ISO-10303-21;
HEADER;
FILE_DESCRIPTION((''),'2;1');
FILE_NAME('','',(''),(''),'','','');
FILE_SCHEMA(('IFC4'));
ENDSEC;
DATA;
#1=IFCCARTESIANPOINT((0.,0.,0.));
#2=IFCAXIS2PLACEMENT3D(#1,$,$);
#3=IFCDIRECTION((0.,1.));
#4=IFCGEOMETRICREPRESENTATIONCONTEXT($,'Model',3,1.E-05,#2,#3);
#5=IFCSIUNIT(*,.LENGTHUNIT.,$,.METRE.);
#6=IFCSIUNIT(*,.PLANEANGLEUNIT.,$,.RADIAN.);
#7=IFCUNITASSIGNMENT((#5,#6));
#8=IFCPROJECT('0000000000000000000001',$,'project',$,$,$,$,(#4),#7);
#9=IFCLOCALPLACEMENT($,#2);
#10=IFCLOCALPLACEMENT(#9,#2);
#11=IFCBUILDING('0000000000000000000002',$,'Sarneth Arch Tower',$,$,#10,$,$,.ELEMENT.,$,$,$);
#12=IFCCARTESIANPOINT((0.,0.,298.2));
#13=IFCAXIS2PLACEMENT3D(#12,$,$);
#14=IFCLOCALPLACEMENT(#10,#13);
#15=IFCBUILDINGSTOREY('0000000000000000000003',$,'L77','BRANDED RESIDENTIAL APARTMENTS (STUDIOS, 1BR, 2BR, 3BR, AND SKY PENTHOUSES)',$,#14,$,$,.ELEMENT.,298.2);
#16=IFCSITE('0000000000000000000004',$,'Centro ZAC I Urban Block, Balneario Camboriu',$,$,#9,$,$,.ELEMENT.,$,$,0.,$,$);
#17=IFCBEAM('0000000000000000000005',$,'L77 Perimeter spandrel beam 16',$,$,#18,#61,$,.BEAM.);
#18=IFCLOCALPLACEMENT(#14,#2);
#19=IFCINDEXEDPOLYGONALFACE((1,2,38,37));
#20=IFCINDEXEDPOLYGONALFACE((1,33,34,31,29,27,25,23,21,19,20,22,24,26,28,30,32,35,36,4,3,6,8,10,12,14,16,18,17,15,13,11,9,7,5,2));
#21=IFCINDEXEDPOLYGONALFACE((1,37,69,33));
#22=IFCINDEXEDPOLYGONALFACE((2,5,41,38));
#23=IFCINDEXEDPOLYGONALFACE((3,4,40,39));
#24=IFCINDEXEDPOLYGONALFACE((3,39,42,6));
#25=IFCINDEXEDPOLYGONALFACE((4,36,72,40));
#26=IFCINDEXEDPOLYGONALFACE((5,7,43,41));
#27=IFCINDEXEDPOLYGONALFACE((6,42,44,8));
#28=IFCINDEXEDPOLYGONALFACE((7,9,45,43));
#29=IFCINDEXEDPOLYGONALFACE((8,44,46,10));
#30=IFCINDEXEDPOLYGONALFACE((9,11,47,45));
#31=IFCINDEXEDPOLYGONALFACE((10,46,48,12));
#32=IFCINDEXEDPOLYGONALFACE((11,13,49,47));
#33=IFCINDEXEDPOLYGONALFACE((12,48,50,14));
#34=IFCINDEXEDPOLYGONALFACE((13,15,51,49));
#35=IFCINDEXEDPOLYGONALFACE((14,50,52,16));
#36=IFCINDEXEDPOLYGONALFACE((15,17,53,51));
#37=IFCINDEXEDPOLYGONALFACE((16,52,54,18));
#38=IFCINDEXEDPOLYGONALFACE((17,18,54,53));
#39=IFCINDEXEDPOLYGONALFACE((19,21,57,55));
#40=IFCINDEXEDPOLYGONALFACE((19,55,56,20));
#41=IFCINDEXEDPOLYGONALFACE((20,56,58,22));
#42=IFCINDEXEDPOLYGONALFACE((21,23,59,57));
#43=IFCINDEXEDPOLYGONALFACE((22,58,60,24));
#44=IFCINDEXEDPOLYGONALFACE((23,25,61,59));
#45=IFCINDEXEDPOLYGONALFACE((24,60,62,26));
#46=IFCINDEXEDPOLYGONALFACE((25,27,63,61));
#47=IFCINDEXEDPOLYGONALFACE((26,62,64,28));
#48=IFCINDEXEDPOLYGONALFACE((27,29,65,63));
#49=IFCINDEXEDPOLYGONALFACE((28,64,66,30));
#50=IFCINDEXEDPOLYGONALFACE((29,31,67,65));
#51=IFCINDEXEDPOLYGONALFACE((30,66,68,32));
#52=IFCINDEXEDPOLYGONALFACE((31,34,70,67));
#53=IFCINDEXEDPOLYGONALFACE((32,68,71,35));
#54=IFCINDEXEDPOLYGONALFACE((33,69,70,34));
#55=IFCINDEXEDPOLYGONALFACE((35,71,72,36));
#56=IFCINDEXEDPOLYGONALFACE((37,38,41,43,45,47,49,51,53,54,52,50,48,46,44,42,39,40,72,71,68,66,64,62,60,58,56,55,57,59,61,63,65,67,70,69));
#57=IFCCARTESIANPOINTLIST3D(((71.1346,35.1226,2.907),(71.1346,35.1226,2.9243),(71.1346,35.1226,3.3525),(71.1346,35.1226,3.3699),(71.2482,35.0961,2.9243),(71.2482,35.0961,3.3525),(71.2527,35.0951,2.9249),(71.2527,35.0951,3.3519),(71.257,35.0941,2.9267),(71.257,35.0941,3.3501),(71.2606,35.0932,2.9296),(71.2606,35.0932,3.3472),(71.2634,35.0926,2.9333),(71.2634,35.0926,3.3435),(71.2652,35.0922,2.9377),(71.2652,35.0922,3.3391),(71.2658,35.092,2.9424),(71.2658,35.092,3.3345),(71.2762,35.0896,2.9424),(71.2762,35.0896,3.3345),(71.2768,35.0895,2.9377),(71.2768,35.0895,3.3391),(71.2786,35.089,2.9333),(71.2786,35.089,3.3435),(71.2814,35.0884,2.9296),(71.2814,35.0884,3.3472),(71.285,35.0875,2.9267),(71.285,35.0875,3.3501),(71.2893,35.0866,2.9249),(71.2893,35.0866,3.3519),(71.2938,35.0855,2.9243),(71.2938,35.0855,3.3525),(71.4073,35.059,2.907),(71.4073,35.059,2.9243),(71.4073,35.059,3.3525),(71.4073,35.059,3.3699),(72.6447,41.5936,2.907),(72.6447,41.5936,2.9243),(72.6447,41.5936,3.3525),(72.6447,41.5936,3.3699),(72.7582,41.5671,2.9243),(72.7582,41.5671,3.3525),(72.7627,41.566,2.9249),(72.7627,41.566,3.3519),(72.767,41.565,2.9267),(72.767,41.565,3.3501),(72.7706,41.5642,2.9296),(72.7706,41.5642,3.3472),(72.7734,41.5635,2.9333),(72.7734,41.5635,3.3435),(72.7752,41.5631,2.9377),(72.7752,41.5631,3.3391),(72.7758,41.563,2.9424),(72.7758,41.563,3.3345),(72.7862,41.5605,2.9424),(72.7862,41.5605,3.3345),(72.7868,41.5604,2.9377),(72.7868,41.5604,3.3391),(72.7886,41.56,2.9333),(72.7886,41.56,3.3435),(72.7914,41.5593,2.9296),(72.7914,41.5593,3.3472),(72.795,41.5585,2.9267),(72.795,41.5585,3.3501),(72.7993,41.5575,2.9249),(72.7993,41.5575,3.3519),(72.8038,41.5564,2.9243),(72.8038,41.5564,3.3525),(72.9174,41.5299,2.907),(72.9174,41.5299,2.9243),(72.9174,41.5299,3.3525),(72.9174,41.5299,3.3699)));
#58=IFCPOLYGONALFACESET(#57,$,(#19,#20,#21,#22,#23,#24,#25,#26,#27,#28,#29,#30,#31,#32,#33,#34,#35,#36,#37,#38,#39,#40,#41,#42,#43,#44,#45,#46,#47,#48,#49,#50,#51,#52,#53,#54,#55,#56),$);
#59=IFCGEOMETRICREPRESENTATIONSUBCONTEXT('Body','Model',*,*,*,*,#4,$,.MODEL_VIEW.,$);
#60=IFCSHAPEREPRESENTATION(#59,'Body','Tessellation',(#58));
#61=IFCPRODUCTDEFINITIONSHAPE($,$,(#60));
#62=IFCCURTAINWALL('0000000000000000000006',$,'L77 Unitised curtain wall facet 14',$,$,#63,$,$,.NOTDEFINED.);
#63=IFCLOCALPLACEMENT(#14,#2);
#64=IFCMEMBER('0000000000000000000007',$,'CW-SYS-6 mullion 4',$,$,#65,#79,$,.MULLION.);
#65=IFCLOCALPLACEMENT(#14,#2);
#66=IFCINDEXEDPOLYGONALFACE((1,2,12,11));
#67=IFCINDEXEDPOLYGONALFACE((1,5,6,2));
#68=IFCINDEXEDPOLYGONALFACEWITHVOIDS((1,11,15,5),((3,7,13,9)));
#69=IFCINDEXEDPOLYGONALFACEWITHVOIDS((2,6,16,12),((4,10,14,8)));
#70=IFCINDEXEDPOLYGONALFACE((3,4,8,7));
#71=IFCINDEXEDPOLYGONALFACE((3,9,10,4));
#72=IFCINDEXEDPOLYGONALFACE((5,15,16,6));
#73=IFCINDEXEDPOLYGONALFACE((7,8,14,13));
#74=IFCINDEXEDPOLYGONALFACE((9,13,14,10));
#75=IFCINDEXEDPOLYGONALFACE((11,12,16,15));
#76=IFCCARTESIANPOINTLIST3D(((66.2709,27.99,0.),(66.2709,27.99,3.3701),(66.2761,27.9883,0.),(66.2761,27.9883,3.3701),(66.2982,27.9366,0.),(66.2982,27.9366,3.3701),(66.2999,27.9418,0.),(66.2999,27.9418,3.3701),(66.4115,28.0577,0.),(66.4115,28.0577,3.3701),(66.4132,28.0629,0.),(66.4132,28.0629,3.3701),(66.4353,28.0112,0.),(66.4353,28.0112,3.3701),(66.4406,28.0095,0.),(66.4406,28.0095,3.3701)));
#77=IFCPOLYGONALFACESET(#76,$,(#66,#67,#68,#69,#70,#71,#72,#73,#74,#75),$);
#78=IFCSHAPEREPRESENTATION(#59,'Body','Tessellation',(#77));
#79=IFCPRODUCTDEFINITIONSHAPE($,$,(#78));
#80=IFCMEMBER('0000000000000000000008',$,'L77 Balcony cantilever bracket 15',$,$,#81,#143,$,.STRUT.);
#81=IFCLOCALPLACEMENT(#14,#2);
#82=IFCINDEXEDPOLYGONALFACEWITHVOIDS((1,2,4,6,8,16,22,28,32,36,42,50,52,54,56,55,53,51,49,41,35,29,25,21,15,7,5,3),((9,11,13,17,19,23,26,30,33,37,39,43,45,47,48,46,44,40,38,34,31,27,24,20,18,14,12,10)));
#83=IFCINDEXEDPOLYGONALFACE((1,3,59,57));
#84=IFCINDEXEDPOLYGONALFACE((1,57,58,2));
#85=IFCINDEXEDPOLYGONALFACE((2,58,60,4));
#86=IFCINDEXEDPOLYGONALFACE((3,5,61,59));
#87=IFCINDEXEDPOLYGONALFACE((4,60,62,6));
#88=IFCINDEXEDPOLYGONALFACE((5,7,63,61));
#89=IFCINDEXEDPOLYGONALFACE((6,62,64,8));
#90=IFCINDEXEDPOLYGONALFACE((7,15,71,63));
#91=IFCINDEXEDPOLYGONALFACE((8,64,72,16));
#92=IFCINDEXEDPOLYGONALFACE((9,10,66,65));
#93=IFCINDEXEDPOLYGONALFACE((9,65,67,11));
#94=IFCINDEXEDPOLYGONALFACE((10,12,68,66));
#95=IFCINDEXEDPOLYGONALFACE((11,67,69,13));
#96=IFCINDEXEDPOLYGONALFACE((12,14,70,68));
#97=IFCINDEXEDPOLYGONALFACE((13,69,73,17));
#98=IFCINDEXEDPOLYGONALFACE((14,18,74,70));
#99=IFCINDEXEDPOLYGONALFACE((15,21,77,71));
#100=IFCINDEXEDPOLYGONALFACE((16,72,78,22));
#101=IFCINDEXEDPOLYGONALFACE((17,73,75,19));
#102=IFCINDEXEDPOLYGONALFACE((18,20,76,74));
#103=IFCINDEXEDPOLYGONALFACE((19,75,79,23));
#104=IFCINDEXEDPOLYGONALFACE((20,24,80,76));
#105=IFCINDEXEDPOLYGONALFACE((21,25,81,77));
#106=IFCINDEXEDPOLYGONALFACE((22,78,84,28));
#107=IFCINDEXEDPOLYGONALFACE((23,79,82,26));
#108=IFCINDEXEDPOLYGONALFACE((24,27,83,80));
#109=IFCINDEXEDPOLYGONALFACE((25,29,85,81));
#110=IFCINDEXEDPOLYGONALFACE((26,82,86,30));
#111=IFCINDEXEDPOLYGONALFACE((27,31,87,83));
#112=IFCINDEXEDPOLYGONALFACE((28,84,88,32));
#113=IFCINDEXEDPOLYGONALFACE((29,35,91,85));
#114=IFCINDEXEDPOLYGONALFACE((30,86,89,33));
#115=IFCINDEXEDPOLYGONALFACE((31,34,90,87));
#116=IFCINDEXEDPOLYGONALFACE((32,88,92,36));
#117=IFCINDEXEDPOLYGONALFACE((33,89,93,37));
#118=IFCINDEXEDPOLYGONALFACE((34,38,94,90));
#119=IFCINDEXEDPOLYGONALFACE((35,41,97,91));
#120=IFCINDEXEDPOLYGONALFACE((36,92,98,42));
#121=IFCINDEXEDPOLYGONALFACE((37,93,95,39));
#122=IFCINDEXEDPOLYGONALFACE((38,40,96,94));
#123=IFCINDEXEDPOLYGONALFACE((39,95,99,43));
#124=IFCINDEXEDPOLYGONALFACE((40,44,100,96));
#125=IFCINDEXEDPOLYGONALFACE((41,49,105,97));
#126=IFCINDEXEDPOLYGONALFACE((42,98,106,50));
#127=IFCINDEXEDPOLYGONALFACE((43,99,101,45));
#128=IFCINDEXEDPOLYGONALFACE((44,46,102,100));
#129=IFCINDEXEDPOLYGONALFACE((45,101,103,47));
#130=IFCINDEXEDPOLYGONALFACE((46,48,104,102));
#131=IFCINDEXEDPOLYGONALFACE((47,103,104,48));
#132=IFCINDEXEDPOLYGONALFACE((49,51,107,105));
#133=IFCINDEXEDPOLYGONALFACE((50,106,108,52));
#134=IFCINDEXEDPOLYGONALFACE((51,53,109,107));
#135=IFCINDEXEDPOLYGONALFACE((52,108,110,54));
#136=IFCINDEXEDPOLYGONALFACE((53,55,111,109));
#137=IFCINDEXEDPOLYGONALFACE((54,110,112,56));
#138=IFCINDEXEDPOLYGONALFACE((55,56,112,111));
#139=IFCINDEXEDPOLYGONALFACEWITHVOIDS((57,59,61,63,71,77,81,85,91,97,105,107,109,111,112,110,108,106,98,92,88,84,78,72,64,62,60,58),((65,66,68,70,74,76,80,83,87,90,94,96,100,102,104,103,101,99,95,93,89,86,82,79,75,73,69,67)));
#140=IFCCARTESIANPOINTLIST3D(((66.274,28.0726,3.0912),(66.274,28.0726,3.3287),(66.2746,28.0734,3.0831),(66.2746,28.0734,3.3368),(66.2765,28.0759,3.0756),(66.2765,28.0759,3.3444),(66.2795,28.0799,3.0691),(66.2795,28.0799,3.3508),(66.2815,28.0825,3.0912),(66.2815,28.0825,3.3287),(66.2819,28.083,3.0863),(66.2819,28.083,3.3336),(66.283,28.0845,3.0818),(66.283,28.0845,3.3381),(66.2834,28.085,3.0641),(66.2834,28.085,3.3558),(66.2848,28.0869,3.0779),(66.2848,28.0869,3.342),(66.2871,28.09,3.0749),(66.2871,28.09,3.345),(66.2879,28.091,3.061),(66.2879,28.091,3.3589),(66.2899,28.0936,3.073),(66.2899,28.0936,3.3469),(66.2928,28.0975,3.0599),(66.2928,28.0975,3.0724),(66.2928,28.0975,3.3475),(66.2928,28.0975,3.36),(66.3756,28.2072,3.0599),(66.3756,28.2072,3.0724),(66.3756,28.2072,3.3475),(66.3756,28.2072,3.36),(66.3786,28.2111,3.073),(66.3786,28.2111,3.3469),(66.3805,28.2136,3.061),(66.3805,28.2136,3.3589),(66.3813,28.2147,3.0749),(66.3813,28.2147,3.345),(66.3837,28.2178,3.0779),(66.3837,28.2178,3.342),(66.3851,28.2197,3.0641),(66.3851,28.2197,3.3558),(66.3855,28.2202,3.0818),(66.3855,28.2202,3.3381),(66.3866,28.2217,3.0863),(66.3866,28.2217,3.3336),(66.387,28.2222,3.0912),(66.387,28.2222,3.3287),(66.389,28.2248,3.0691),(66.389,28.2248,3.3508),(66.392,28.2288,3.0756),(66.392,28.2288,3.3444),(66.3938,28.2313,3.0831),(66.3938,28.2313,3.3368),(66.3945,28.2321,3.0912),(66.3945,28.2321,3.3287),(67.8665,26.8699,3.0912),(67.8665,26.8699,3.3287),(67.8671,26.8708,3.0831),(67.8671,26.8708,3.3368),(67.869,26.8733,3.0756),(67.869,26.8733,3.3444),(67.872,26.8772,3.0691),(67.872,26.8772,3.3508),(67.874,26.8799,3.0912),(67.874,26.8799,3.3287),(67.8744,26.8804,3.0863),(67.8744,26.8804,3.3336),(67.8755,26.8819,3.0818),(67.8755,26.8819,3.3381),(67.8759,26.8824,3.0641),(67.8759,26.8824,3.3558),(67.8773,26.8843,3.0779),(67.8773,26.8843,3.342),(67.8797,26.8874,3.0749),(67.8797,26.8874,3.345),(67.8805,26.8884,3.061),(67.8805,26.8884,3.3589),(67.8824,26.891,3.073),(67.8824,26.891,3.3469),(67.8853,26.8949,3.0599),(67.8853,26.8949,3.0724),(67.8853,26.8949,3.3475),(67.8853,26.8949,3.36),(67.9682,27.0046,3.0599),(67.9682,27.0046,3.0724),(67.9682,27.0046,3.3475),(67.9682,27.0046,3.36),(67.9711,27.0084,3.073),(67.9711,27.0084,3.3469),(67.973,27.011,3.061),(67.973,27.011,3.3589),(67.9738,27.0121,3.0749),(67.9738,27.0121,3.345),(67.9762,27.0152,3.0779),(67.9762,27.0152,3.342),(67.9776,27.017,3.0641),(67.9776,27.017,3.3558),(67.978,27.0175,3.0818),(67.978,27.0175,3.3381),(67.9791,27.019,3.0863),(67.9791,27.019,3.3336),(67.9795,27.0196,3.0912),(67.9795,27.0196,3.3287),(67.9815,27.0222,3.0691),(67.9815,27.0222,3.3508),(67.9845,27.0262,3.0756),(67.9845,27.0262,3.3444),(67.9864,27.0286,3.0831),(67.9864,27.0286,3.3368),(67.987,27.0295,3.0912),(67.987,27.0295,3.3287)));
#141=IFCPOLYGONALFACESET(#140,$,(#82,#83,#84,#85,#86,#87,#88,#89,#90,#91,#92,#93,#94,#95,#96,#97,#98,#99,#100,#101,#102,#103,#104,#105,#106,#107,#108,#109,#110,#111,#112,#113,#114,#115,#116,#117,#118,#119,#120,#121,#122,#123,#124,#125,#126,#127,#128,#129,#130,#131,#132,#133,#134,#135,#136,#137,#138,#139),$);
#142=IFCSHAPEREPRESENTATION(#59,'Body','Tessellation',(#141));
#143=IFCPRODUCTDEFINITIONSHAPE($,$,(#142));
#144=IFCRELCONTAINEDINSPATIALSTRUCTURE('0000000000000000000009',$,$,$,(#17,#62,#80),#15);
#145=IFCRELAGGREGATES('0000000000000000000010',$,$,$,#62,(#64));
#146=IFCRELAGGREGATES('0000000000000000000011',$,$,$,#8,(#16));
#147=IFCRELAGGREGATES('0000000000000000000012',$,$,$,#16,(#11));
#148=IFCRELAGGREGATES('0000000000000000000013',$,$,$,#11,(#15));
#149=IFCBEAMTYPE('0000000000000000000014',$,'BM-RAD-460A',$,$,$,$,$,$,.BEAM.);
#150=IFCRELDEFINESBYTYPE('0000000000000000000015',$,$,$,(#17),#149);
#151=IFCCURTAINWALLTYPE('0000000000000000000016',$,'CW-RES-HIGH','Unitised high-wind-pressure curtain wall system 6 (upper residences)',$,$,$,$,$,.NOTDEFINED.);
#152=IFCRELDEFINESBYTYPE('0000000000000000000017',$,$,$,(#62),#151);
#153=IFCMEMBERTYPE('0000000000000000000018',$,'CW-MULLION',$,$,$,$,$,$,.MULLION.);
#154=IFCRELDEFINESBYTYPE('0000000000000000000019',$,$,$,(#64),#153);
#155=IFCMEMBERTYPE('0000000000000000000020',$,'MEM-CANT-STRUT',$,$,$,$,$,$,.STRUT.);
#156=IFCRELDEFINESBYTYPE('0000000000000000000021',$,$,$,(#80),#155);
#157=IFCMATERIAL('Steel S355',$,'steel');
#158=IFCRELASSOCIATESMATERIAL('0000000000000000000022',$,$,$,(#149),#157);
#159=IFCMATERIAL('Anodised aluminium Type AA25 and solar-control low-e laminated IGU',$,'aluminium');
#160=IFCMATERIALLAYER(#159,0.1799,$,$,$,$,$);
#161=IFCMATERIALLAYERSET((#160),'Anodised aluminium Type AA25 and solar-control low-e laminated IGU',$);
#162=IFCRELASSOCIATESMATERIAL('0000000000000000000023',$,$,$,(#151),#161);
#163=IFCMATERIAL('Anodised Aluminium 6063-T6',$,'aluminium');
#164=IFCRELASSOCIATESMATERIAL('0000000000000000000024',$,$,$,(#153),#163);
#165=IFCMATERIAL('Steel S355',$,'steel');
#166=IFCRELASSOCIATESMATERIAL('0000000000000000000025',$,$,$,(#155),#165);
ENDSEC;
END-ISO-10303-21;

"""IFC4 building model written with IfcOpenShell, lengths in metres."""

from ifc_helpers import new_model, si_unit, direction, frame, origin, origin_2d, place, context, subcontext, project, spatial, hollow_rectangle, i_section, extrude, material, layer, layer_set, material_profile, profile_set, type_object, element, aggregate, save


model = new_model("IFC4")

# Units and contexts
model_context = context("Model", 3, precision=1e-05, world=origin(), true_north=direction((0.0, 1.0)))
body_context = subcontext(model_context, "Body", "Model", "MODEL_VIEW")
ifc_project = project(units=[si_unit("LENGTHUNIT", "METRE"), si_unit("PLANEANGLEUNIT", "RADIAN")], contexts=[model_context])

# Site, building, storey
site_placement = place(None, origin())
site = spatial("IfcSite", under=ifc_project, at=site_placement, Name="Centro ZAC I Urban Block, Balneario Camboriu", CompositionType="ELEMENT", RefElevation=0.0)
building_placement = place(site_placement, origin())
building = spatial("IfcBuilding", under=site, at=building_placement, Name="Sarneth Arch Tower", CompositionType="ELEMENT")
storey_placement = place(building_placement, frame((0.0, 0.0, 298.2)))
storey = spatial("IfcBuildingStorey", under=building, at=storey_placement, Name="L77", Description="BRANDED RESIDENTIAL APARTMENTS (STUDIOS, 1BR, 2BR, 3BR, AND SKY PENTHOUSES)", CompositionType="ELEMENT", Elevation=298.2)

# Beam
ifc_material_1 = material(Name="Steel S355", Category="steel")
ifc_material_profile_1 = material_profile(ifc_material_1, i_section(OverallWidth=0.28, OverallDepth=0.4629, WebThickness=0.0107, FlangeThickness=0.0173, FilletRadius=0.0181, at=origin_2d()), Name="W460x113")
ifc_profile_set_1 = profile_set([ifc_material_profile_1], Name="Steel S355")
beam_type_1 = type_object("IfcBeamType", Name="BM-RAD-460A", PredefinedType="BEAM", material=ifc_profile_set_1)
beam_1_placement = place(storey_placement, frame((71.271, 35.0908, 3.1384), z_axis=(0.227247, 0.973837, 0.0), x_axis=(-0.973837, 0.227247, 0.0)))
element("IfcBeam", 1, at=beam_1_placement, inside=storey, type_object=beam_type_1, Name="L77 Perimeter spandrel beam 16", PredefinedType="BEAM", context=body_context, shape_type="SweptSolid", body=[
    extrude(i_section(OverallWidth=0.28, OverallDepth=0.4629, WebThickness=0.0107, FlangeThickness=0.0173, FilletRadius=0.0181, at=origin_2d()), origin(), (0.0, 0.0, 1.0), 6.6448),
])

# Curtain wall, member
ifc_material_2 = material(Name="Anodised aluminium Type AA25 and solar-control low-e laminated IGU", Category="aluminium")
ifc_layer_1 = layer(ifc_material_2, 0.1799)
ifc_layer_set_1 = layer_set([ifc_layer_1], Name="Anodised aluminium Type AA25 and solar-control low-e laminated IGU")
curtain_wall_type = type_object("IfcCurtainWallType", Name="CW-RES-HIGH", Description="Unitised high-wind-pressure curtain wall system 6 (upper residences)", PredefinedType="NOTDEFINED", material=ifc_layer_set_1)
curtain_wall_placement = place(storey_placement, origin())
curtain_wall = element("IfcCurtainWall", 2, at=curtain_wall_placement, inside=storey, type_object=curtain_wall_type, Name="L77 Unitised curtain wall facet 14", PredefinedType="NOTDEFINED")
ifc_material_3 = material(Name="Anodised Aluminium 6063-T6", Category="aluminium")
ifc_material_profile_2 = material_profile(ifc_material_3, hollow_rectangle(XDim=0.0601, YDim=0.1599, WallThickness=0.0039, at=origin_2d()), Name="AL-MULL-160x60x4")
ifc_profile_set_2 = profile_set([ifc_material_profile_2], Name="Anodised Aluminium 6063-T6")
member_type_1 = type_object("IfcMemberType", Name="CW-MULLION", PredefinedType="MULLION", material=ifc_profile_set_2)
member_1_placement = place(storey_placement, frame((66.3557, 27.9998, 0.0), z_axis=(0.0, 0.0, 1.0), x_axis=(-0.455942, 0.89001, 0.0)))
member_1 = element("IfcMember", 3, at=member_1_placement, type_object=member_type_1, Name="CW-SYS-6 mullion 4", PredefinedType="MULLION", context=body_context, shape_type="SweptSolid", body=[
    extrude(hollow_rectangle(XDim=0.0601, YDim=0.1599, WallThickness=0.0039, at=origin_2d()), origin(), (0.0, 0.0, 1.0), 3.3701),
])
aggregate(curtain_wall, [member_1])

# Member
ifc_material_4 = material(Name="Steel S355", Category="steel")
ifc_material_profile_3 = material_profile(ifc_material_4, hollow_rectangle(XDim=0.2, YDim=0.3, WallThickness=0.0125, InnerFilletRadius=0.0188, OuterFilletRadius=0.0312, at=origin_2d()), Name="RHS300x200x12.5")
ifc_profile_set_3 = profile_set([ifc_material_profile_3], Name="Steel S355")
member_type_2 = type_object("IfcMemberType", Name="MEM-CANT-STRUT", PredefinedType="STRUT", material=ifc_profile_set_3)
member_2_placement = place(storey_placement, frame((66.3342, 28.1523, 3.21), z_axis=(0.798014, -0.602639, 0.0), x_axis=(0.602639, 0.798014, 0.0)))
element("IfcMember", 4, at=member_2_placement, inside=storey, type_object=member_type_2, Name="L77 Balcony cantilever bracket 15", PredefinedType="STRUT", context=body_context, shape_type="SweptSolid", body=[
    extrude(hollow_rectangle(XDim=0.2, YDim=0.3, WallThickness=0.0125, InnerFilletRadius=0.0188, OuterFilletRadius=0.0312, at=origin_2d()), origin(), (0.0, 0.0, 1.0), 1.9956),
])

save(model, "model.ifc")
